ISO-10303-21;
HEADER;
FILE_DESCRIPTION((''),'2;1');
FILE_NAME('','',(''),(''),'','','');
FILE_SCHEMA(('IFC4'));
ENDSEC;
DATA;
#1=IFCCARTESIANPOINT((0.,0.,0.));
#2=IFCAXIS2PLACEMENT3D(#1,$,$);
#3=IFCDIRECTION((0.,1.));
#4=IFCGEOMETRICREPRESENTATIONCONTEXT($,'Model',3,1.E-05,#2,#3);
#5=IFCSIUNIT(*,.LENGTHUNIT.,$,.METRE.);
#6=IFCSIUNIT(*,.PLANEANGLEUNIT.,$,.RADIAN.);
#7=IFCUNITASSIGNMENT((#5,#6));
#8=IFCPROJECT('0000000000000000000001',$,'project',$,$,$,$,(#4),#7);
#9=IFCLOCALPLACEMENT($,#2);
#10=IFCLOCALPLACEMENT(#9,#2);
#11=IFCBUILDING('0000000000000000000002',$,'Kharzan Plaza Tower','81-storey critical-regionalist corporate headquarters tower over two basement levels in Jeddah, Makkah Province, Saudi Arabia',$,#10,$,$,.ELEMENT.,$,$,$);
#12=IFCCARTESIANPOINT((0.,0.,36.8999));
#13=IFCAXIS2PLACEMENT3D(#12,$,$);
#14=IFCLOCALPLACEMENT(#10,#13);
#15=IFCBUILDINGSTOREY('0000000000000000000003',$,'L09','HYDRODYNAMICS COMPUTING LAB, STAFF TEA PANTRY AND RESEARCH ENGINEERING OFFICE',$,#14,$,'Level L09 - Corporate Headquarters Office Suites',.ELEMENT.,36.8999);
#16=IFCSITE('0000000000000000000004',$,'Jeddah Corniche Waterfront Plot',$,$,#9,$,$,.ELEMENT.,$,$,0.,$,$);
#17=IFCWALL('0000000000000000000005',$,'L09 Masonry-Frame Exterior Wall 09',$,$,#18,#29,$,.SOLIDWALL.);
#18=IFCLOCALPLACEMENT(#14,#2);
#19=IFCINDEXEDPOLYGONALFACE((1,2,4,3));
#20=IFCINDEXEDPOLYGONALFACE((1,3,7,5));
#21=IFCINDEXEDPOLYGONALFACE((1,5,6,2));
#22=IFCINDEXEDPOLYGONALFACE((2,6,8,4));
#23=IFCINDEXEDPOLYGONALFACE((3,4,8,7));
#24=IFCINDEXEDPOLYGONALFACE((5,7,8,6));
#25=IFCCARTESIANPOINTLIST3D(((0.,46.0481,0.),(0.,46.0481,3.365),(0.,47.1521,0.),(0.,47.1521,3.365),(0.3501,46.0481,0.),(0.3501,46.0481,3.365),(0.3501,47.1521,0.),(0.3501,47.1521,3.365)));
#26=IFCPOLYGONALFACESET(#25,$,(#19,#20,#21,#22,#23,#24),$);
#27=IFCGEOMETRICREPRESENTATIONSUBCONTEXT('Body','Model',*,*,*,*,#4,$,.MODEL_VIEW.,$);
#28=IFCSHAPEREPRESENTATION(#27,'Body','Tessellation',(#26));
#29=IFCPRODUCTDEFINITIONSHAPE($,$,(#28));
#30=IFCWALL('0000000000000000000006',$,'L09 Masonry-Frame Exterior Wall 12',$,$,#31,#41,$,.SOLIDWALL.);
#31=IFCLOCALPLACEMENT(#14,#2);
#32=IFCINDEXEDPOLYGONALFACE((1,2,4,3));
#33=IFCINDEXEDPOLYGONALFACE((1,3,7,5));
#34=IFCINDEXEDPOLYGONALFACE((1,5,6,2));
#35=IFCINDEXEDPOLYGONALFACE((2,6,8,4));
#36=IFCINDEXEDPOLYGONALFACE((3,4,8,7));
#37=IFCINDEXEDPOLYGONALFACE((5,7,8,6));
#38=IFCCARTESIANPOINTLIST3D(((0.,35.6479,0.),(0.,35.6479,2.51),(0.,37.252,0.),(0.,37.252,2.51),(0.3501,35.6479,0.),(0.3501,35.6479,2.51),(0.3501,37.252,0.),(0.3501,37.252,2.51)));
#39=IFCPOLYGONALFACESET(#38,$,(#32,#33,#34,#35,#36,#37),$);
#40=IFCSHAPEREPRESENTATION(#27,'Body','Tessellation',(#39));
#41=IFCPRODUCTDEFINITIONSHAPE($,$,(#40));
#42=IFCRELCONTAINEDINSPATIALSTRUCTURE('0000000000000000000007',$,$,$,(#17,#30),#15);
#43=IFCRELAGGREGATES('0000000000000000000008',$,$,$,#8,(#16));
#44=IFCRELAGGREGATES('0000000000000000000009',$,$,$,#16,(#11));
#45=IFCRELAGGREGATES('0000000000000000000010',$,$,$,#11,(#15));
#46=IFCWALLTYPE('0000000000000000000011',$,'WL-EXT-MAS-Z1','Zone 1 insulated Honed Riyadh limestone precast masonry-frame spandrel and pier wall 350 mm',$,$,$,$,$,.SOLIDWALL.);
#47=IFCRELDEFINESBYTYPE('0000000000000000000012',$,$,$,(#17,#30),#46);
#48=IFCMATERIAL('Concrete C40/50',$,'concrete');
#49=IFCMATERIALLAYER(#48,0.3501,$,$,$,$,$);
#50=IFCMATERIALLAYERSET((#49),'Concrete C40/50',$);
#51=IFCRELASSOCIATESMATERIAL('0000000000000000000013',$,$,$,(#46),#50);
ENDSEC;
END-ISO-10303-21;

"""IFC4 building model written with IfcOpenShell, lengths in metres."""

from ifc_helpers import new_model, si_unit, direction, frame, frame_2d, origin, place, context, subcontext, project, spatial, rectangle, extrude, source, transform, mapped, material, layer, layer_set, type_object, element, save


model = new_model("IFC4")

# Units and contexts
model_context = context("Model", 3, precision=1e-05, world=origin(), true_north=direction((0.0, 1.0)))
body_context = subcontext(model_context, "Body", "Model", "MODEL_VIEW")
ifc_project = project(units=[si_unit("LENGTHUNIT", "METRE"), si_unit("PLANEANGLEUNIT", "RADIAN")], contexts=[model_context])

# Site, building, storey
site_placement = place(None, origin())
site = spatial("IfcSite", under=ifc_project, at=site_placement, Name="Jeddah Corniche Waterfront Plot", CompositionType="ELEMENT", RefElevation=0.0)
building_placement = place(site_placement, origin())
building = spatial("IfcBuilding", under=site, at=building_placement, Name="Kharzan Plaza Tower", Description="81-storey critical-regionalist corporate headquarters tower over two basement levels in Jeddah, Makkah Province, Saudi Arabia", CompositionType="ELEMENT")
storey_placement = place(building_placement, frame((0.0, 0.0, 36.8999)))
storey = spatial("IfcBuildingStorey", under=building, at=storey_placement, Name="L09", Description="HYDRODYNAMICS COMPUTING LAB, STAFF TEA PANTRY AND RESEARCH ENGINEERING OFFICE", LongName="Level L09 - Corporate Headquarters Office Suites", CompositionType="ELEMENT", Elevation=36.8999)

# Shared definitions
ifc_material_1 = material(Name="Concrete C40/50", Category="concrete")
ifc_layer_1 = layer(ifc_material_1, 0.3501)
ifc_layer_set_1 = layer_set([ifc_layer_1], Name="Concrete C40/50")
wall_type = type_object("IfcWallType", Name="WL-EXT-MAS-Z1", Description="Zone 1 insulated Honed Riyadh limestone precast masonry-frame spandrel and pier wall 350 mm", PredefinedType="SOLIDWALL", material=ifc_layer_set_1)

# Walls
shared_shape_1 = source(origin(), body_context, "Body", "SweptSolid", [
    extrude(rectangle(XDim=1.104, YDim=0.3501, at=frame_2d((0.552, 0.0))), origin(), (0.0, 0.0, 1.0), 3.365),
])
wall_1_placement = place(storey_placement, frame((0.175, 47.1521, 0.0), z_axis=(0.0, 0.0, 1.0), x_axis=(0.0, -1.0, 0.0)))
element("IfcWall", 1, at=wall_1_placement, inside=storey, type_object=wall_type, Name="L09 Masonry-Frame Exterior Wall 09", PredefinedType="SOLIDWALL", context=body_context, shape_type="MappedRepresentation", body=[
    mapped(shared_shape_1, transform((0.0, 0.0, 0.0), x_axis=(1.0, 0.0, 0.0), y_axis=(0.0, 1.0, 0.0), z_axis=(0.0, 0.0, 1.0))),
])
shared_shape_2 = source(origin(), body_context, "Body", "SweptSolid", [
    extrude(rectangle(XDim=1.604, YDim=0.3501, at=frame_2d((0.802, 0.0))), origin(), (0.0, 0.0, 1.0), 2.51),
])
wall_2_placement = place(storey_placement, frame((0.175, 37.252, 0.0), z_axis=(0.0, 0.0, 1.0), x_axis=(0.0, -1.0, 0.0)))
element("IfcWall", 2, at=wall_2_placement, inside=storey, type_object=wall_type, Name="L09 Masonry-Frame Exterior Wall 12", PredefinedType="SOLIDWALL", context=body_context, shape_type="MappedRepresentation", body=[
    mapped(shared_shape_2, transform((0.0, 0.0, 0.0), x_axis=(1.0, 0.0, 0.0), y_axis=(0.0, 1.0, 0.0), z_axis=(0.0, 0.0, 1.0))),
])

save(model, "model.ifc")
